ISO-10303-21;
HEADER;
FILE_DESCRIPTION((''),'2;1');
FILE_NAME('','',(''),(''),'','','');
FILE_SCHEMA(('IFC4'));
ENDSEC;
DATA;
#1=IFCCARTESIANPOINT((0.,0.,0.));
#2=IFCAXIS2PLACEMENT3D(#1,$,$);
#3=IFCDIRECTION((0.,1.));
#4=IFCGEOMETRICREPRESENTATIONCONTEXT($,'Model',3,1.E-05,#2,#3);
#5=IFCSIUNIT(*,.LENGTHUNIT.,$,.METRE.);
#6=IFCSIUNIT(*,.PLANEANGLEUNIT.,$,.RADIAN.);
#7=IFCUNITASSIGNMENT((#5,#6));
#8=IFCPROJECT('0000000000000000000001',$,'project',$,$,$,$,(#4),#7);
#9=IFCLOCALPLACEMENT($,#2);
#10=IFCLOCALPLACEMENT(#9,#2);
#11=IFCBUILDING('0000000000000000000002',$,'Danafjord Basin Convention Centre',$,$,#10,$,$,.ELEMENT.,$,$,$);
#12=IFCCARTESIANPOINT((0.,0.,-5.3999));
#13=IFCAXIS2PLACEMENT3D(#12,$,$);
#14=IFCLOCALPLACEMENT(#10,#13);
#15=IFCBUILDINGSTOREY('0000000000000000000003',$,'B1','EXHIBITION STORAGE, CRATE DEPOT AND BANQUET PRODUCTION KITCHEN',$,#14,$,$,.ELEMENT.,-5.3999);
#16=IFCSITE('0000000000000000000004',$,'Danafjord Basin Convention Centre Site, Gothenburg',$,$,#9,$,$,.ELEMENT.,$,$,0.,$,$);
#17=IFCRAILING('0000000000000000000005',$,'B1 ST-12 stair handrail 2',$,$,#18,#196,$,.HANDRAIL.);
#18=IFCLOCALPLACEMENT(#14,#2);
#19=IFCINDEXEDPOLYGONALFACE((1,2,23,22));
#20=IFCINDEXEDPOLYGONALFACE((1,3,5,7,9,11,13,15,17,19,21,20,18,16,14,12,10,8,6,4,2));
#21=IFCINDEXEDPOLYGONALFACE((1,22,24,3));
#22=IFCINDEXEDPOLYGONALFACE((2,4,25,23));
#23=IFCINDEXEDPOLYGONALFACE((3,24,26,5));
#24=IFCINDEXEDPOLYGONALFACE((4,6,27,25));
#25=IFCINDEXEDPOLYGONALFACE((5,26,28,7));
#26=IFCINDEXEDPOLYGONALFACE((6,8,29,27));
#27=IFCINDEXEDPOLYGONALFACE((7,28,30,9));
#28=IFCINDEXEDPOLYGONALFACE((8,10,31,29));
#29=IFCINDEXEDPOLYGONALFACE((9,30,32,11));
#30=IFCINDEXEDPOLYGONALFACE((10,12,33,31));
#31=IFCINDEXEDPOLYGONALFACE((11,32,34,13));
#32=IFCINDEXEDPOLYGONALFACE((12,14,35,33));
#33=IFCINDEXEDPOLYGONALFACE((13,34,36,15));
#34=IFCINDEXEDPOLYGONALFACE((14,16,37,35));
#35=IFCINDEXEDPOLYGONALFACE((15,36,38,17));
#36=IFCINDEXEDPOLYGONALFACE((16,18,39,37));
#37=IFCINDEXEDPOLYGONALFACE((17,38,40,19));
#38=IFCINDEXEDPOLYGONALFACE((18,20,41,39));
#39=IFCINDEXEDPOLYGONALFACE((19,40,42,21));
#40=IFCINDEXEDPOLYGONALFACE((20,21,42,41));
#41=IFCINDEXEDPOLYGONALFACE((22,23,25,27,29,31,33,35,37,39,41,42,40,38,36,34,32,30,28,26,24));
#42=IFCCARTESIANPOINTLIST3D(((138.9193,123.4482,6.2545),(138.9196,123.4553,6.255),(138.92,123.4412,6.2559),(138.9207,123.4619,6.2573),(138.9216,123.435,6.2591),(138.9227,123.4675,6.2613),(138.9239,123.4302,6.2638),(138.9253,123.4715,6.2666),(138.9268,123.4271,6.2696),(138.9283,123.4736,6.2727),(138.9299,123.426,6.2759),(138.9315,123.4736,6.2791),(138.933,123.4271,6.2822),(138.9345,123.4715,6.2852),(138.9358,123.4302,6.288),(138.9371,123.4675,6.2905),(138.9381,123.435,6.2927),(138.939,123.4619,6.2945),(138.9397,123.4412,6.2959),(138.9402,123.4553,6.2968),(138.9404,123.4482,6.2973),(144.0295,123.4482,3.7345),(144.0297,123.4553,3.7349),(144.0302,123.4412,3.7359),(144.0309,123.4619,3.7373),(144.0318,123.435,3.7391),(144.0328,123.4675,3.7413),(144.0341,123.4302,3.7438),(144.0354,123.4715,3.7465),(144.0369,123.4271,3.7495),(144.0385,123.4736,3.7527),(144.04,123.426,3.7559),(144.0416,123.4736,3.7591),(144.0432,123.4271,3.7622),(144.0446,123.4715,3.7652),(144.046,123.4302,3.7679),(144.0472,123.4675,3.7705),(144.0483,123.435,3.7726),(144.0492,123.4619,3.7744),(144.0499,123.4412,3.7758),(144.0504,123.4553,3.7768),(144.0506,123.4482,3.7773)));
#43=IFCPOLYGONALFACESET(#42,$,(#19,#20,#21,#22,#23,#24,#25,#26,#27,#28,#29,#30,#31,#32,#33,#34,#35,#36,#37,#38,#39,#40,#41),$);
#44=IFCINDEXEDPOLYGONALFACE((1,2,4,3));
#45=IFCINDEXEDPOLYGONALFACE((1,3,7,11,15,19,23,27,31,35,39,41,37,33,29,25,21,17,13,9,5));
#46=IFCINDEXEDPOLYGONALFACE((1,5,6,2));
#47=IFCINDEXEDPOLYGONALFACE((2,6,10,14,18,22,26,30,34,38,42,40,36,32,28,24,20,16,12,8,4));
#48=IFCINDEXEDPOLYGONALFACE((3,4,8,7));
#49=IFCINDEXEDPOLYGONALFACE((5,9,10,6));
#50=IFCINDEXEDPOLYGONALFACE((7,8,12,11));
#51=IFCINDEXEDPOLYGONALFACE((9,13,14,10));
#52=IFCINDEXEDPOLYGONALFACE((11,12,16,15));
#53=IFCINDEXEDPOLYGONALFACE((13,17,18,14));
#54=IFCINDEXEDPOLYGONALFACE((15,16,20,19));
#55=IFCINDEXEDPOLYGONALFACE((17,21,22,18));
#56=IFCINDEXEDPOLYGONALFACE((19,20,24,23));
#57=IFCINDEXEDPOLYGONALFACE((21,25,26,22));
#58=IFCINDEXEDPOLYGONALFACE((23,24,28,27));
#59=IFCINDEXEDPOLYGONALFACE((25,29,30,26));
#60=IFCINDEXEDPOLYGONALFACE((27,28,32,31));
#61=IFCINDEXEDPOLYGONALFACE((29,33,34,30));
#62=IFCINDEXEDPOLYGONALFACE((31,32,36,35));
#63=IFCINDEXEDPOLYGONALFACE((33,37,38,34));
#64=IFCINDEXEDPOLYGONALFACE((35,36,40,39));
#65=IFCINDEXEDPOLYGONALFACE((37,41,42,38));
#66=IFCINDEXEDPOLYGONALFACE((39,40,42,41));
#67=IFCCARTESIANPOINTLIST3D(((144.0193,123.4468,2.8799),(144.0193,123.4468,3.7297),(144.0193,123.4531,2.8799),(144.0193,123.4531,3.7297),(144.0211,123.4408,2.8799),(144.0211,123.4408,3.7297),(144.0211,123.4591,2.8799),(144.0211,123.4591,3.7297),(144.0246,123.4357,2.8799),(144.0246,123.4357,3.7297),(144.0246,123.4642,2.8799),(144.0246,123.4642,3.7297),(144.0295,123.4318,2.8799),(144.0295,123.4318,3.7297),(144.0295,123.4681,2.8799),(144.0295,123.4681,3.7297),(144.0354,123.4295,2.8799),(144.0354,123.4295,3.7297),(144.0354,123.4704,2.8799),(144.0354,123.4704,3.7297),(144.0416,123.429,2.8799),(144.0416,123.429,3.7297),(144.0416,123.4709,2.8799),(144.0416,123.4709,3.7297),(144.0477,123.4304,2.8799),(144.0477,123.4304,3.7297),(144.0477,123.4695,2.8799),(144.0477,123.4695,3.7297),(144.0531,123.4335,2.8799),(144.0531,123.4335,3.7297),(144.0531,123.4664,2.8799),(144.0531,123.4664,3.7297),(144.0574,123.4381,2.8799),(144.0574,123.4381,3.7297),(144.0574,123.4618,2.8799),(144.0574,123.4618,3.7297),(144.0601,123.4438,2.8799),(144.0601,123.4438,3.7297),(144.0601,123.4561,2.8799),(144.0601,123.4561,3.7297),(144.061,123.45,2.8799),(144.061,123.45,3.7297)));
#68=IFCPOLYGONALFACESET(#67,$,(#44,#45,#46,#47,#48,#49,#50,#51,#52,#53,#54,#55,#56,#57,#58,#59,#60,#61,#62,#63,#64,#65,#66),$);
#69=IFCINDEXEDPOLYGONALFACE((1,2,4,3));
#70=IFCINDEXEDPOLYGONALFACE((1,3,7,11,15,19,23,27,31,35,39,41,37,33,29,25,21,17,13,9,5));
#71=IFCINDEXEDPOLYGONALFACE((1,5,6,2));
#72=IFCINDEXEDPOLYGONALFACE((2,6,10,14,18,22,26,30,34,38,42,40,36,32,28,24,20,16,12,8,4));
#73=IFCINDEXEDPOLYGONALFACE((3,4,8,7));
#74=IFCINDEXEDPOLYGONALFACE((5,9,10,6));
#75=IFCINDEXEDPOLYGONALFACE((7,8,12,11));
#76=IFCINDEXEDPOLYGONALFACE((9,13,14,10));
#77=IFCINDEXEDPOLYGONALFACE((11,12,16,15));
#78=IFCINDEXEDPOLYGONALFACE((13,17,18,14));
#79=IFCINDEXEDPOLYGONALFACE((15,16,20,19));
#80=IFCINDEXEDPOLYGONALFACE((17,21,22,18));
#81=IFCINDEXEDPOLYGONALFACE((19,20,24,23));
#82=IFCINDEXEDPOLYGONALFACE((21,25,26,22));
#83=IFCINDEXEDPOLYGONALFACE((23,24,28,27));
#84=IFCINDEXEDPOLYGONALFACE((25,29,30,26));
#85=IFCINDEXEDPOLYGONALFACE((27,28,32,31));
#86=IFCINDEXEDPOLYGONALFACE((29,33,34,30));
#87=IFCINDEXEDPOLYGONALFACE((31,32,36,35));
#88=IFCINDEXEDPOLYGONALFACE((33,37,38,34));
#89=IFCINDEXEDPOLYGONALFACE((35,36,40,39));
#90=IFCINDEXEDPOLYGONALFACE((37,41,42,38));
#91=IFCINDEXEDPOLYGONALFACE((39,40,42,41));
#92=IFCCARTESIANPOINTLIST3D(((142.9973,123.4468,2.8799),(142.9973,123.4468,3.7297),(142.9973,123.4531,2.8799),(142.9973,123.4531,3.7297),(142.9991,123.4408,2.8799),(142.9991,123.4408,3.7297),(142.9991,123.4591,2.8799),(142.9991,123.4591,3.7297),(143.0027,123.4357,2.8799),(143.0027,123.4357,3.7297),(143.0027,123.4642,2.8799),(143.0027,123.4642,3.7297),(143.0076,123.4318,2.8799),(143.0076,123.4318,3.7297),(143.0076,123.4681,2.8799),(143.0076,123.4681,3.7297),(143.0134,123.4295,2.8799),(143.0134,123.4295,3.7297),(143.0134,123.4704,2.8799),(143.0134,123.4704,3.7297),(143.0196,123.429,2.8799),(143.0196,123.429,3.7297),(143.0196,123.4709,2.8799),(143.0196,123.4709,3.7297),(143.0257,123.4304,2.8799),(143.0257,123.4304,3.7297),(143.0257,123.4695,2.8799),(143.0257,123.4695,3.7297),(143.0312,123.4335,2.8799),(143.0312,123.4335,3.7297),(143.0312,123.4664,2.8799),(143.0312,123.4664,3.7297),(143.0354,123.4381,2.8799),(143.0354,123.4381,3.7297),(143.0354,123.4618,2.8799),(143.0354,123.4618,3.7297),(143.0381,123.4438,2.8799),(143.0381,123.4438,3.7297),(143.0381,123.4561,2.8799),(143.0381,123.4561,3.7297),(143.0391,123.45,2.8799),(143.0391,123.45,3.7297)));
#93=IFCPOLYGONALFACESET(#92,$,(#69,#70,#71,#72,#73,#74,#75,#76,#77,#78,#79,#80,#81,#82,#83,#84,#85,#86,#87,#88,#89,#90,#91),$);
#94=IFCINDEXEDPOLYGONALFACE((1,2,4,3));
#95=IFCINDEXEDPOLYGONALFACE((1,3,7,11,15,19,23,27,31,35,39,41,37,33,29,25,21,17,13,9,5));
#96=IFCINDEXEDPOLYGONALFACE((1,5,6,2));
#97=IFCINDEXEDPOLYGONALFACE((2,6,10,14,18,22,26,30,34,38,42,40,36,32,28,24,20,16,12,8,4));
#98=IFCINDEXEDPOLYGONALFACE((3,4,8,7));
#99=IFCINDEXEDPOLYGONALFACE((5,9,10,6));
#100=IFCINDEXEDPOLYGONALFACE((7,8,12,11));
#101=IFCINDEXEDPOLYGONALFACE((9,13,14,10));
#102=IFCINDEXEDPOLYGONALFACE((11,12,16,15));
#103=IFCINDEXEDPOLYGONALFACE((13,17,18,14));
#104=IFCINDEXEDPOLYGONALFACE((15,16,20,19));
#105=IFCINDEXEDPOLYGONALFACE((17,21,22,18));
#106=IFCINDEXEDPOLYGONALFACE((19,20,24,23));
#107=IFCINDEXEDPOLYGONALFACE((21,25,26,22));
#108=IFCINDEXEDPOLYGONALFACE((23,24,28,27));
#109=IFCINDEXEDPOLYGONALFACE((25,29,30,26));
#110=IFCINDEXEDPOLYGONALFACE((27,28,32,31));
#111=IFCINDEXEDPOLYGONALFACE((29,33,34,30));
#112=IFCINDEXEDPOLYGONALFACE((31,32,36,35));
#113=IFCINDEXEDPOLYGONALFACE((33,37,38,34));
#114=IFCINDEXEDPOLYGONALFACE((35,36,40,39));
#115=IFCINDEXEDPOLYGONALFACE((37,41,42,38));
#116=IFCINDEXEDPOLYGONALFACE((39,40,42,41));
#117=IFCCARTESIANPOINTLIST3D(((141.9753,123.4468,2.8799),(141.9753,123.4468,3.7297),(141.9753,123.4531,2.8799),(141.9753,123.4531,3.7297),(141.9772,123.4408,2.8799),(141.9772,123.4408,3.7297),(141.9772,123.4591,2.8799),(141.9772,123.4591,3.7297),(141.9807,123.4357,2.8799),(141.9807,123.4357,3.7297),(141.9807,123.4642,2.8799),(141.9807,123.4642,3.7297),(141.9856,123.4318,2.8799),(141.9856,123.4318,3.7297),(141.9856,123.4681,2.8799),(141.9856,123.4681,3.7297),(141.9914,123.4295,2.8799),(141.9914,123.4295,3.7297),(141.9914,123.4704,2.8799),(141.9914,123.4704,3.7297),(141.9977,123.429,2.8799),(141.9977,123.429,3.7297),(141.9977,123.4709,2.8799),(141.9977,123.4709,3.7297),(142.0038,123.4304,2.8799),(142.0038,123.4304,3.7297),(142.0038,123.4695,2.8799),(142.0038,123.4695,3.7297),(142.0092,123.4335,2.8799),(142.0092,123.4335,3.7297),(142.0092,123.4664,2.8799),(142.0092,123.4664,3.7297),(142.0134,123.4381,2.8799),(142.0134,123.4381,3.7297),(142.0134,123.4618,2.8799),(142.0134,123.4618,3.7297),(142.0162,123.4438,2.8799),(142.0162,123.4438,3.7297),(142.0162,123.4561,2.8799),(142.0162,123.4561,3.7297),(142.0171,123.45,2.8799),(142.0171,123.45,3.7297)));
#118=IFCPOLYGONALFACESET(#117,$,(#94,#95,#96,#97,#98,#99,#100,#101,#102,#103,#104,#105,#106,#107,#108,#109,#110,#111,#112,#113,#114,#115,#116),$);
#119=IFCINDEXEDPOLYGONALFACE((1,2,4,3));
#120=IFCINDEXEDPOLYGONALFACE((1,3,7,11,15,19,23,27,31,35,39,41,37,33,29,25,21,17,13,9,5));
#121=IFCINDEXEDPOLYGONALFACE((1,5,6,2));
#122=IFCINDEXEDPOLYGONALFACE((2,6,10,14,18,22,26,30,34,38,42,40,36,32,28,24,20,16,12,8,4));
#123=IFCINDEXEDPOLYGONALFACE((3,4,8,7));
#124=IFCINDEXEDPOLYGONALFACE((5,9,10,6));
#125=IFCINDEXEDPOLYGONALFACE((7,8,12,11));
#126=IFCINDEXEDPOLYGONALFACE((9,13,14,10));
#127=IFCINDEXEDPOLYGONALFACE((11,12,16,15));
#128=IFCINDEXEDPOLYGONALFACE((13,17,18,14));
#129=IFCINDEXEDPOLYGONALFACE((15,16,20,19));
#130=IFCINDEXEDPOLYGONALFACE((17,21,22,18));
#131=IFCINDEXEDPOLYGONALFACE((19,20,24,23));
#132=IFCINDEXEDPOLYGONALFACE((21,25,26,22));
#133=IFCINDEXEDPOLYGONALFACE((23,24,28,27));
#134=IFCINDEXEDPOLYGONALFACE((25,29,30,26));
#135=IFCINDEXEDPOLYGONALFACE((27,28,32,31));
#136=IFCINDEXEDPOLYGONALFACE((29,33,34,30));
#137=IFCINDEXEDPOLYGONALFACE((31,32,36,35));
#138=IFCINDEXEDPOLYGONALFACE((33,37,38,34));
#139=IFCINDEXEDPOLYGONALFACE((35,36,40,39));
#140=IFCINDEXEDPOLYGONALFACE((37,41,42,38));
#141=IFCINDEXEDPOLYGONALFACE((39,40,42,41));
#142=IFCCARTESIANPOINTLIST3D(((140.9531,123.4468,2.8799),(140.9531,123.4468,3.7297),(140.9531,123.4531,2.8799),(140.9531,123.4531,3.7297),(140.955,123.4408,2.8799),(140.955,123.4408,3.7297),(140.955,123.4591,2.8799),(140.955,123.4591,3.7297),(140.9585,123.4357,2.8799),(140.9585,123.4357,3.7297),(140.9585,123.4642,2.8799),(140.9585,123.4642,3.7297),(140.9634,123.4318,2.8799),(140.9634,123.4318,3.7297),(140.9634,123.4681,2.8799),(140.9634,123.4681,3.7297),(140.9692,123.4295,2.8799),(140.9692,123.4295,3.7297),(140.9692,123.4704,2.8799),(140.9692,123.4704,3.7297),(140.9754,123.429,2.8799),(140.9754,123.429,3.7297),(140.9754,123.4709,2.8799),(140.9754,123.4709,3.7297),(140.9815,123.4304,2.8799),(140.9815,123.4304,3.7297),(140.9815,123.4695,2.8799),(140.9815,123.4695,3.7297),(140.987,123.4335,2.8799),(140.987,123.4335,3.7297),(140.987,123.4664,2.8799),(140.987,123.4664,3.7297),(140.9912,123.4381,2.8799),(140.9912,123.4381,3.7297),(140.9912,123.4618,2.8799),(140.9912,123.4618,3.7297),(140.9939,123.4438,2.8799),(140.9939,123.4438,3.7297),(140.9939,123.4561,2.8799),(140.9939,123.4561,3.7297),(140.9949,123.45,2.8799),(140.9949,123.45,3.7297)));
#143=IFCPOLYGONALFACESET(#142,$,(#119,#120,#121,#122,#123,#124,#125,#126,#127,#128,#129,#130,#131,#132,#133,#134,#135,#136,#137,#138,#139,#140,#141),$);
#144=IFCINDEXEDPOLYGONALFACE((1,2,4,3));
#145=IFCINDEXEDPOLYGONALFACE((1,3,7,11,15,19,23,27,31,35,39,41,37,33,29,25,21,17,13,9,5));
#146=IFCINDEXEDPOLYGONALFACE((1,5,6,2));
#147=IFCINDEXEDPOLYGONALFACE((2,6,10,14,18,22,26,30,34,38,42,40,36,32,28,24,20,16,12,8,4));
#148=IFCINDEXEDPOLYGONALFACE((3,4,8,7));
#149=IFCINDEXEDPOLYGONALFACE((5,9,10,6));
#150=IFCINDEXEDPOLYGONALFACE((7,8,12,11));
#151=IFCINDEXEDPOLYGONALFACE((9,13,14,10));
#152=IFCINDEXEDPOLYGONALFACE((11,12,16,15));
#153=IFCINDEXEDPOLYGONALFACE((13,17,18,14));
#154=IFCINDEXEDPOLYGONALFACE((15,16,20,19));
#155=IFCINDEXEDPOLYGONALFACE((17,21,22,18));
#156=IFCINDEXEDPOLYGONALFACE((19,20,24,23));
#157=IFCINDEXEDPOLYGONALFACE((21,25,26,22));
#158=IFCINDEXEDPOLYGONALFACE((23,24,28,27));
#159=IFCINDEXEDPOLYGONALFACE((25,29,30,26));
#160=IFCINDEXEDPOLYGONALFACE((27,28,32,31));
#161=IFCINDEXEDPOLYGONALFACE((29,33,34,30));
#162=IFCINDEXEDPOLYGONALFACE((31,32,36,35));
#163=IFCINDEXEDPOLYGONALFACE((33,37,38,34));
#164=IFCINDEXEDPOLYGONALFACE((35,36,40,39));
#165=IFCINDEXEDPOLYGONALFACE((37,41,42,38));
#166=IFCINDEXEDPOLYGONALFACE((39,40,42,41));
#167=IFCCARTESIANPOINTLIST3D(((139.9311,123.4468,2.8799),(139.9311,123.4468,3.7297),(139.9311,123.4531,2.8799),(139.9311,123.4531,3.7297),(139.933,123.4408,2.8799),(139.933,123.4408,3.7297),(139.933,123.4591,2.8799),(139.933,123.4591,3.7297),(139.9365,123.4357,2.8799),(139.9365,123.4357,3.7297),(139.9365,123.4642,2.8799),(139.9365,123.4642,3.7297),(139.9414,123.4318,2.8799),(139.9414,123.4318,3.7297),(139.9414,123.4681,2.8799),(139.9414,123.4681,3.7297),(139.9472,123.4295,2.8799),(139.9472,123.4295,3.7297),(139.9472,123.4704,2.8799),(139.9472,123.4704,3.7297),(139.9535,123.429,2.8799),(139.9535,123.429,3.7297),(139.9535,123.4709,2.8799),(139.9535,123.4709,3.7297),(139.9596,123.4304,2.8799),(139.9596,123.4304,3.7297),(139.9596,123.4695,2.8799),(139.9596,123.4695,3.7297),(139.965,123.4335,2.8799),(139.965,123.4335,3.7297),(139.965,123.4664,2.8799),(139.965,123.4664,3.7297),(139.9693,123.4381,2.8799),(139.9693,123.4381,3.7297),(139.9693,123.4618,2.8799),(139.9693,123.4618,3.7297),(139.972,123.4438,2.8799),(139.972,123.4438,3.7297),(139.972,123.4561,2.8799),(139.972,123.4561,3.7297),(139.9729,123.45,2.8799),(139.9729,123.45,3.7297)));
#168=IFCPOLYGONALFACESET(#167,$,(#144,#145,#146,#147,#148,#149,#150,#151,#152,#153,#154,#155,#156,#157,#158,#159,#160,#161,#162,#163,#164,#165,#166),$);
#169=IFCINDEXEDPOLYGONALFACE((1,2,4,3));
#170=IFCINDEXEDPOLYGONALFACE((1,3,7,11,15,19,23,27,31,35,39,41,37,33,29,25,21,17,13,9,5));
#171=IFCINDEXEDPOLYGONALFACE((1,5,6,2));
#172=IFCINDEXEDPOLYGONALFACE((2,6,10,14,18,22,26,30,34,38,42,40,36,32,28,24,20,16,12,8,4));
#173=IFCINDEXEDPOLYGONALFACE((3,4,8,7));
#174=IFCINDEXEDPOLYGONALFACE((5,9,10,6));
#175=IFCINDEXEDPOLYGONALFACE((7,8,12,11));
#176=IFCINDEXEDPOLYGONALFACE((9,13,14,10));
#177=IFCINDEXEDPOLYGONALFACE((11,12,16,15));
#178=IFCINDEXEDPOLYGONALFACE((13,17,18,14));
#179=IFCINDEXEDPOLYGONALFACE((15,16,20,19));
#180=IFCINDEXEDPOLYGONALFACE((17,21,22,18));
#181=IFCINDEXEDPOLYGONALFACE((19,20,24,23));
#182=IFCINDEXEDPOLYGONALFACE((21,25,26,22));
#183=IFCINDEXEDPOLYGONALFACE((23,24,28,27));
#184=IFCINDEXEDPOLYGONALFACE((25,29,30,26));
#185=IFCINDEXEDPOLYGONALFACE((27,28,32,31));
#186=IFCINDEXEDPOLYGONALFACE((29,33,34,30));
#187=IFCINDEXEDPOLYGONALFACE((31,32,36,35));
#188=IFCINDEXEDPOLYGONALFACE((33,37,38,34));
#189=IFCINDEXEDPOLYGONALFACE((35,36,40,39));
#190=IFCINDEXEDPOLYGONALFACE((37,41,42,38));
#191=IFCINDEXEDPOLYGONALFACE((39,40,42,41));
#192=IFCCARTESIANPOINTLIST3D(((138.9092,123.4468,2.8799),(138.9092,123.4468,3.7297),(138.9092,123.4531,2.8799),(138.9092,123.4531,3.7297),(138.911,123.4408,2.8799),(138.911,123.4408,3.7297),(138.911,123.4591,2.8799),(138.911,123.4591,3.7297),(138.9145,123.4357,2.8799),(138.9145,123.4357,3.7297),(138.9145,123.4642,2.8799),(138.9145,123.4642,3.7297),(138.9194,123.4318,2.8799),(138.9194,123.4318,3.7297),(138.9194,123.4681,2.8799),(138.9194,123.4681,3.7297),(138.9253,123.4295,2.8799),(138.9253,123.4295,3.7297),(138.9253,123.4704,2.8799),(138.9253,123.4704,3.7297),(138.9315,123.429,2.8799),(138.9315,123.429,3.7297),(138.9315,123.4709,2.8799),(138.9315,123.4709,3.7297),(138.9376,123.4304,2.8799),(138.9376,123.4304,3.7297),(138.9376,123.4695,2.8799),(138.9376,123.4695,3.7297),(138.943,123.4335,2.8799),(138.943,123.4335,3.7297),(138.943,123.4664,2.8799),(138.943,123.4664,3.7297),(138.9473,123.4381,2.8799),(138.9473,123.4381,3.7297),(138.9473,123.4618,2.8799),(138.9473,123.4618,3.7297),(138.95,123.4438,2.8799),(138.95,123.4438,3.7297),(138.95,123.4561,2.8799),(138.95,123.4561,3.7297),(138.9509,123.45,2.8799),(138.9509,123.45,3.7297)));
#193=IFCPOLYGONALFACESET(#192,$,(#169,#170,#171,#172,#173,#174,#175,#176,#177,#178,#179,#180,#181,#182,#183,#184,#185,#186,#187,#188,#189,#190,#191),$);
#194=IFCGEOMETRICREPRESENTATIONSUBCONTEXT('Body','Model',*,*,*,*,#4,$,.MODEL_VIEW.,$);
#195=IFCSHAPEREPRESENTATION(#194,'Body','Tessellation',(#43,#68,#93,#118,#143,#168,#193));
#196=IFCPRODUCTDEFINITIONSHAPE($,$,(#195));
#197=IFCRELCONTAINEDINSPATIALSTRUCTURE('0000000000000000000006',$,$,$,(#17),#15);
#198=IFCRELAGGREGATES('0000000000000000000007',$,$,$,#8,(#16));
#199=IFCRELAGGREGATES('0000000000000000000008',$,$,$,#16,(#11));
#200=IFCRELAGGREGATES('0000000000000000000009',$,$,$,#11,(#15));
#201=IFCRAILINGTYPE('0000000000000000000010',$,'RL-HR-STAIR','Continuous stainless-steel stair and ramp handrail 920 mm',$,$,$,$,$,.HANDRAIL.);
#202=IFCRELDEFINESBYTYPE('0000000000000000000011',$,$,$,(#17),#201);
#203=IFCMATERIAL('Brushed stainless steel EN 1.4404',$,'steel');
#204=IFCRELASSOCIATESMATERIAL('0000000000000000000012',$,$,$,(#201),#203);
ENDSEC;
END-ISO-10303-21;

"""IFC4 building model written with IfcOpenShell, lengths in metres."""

from ifc_helpers import new_model, si_unit, direction, frame, origin, origin_2d, place, context, subcontext, project, spatial, circle, extrude, material, type_object, element, save


model = new_model("IFC4")

# Units and contexts
model_context = context("Model", 3, precision=1e-05, world=origin(), true_north=direction((0.0, 1.0)))
body_context = subcontext(model_context, "Body", "Model", "MODEL_VIEW")
ifc_project = project(units=[si_unit("LENGTHUNIT", "METRE"), si_unit("PLANEANGLEUNIT", "RADIAN")], contexts=[model_context])

# Site, building, storey
site_placement = place(None, origin())
site = spatial("IfcSite", under=ifc_project, at=site_placement, Name="Danafjord Basin Convention Centre Site, Gothenburg", CompositionType="ELEMENT", RefElevation=0.0)
building_placement = place(site_placement, origin())
building = spatial("IfcBuilding", under=site, at=building_placement, Name="Danafjord Basin Convention Centre", CompositionType="ELEMENT")
storey_placement = place(building_placement, frame((0.0, 0.0, -5.3999)))
storey = spatial("IfcBuildingStorey", under=building, at=storey_placement, Name="B1", Description="EXHIBITION STORAGE, CRATE DEPOT AND BANQUET PRODUCTION KITCHEN", CompositionType="ELEMENT", Elevation=-5.3999)

# Railing
ifc_material_1 = material(Name="Brushed stainless steel EN 1.4404", Category="steel")
railing_type_1 = type_object("IfcRailingType", Name="RL-HR-STAIR", Description="Continuous stainless-steel stair and ramp handrail 920 mm", PredefinedType="HANDRAIL", material=ifc_material_1)
railing_1_placement = place(storey_placement, frame((144.04, 123.45, 2.8799)))
element("IfcRailing", 1, at=railing_1_placement, inside=storey, type_object=railing_type_1, Name="B1 ST-12 stair handrail 2", PredefinedType="HANDRAIL", context=body_context, shape_type="SweptSolid", body=[
    extrude(circle(Radius=0.0239, at=origin_2d()), frame((0.0, 0.0, 0.876), z_axis=(-0.896873, 0.0, 0.442288), x_axis=(0.0, -1.0, 0.0)), (0.0, 0.0, 1.0), 5.6978),
    extrude(circle(Radius=0.021, at=origin_2d()), origin(), (0.0, 0.0, 1.0), 0.8499),
    extrude(circle(Radius=0.021, at=origin_2d()), frame((-1.022, 0.0, 0.0)), (0.0, 0.0, 1.0), 0.8499),
    extrude(circle(Radius=0.021, at=origin_2d()), frame((-2.0439, 0.0, 0.0)), (0.0, 0.0, 1.0), 0.8499),
    extrude(circle(Radius=0.021, at=origin_2d()), frame((-3.0662, 0.0, 0.0)), (0.0, 0.0, 1.0), 0.8499),
    extrude(circle(Radius=0.021, at=origin_2d()), frame((-4.0881, 0.0, 0.0)), (0.0, 0.0, 1.0), 0.8499),
    extrude(circle(Radius=0.021, at=origin_2d()), frame((-5.1101, 0.0, 0.0)), (0.0, 0.0, 1.0), 0.8499),
])

save(model, "model.ifc")
